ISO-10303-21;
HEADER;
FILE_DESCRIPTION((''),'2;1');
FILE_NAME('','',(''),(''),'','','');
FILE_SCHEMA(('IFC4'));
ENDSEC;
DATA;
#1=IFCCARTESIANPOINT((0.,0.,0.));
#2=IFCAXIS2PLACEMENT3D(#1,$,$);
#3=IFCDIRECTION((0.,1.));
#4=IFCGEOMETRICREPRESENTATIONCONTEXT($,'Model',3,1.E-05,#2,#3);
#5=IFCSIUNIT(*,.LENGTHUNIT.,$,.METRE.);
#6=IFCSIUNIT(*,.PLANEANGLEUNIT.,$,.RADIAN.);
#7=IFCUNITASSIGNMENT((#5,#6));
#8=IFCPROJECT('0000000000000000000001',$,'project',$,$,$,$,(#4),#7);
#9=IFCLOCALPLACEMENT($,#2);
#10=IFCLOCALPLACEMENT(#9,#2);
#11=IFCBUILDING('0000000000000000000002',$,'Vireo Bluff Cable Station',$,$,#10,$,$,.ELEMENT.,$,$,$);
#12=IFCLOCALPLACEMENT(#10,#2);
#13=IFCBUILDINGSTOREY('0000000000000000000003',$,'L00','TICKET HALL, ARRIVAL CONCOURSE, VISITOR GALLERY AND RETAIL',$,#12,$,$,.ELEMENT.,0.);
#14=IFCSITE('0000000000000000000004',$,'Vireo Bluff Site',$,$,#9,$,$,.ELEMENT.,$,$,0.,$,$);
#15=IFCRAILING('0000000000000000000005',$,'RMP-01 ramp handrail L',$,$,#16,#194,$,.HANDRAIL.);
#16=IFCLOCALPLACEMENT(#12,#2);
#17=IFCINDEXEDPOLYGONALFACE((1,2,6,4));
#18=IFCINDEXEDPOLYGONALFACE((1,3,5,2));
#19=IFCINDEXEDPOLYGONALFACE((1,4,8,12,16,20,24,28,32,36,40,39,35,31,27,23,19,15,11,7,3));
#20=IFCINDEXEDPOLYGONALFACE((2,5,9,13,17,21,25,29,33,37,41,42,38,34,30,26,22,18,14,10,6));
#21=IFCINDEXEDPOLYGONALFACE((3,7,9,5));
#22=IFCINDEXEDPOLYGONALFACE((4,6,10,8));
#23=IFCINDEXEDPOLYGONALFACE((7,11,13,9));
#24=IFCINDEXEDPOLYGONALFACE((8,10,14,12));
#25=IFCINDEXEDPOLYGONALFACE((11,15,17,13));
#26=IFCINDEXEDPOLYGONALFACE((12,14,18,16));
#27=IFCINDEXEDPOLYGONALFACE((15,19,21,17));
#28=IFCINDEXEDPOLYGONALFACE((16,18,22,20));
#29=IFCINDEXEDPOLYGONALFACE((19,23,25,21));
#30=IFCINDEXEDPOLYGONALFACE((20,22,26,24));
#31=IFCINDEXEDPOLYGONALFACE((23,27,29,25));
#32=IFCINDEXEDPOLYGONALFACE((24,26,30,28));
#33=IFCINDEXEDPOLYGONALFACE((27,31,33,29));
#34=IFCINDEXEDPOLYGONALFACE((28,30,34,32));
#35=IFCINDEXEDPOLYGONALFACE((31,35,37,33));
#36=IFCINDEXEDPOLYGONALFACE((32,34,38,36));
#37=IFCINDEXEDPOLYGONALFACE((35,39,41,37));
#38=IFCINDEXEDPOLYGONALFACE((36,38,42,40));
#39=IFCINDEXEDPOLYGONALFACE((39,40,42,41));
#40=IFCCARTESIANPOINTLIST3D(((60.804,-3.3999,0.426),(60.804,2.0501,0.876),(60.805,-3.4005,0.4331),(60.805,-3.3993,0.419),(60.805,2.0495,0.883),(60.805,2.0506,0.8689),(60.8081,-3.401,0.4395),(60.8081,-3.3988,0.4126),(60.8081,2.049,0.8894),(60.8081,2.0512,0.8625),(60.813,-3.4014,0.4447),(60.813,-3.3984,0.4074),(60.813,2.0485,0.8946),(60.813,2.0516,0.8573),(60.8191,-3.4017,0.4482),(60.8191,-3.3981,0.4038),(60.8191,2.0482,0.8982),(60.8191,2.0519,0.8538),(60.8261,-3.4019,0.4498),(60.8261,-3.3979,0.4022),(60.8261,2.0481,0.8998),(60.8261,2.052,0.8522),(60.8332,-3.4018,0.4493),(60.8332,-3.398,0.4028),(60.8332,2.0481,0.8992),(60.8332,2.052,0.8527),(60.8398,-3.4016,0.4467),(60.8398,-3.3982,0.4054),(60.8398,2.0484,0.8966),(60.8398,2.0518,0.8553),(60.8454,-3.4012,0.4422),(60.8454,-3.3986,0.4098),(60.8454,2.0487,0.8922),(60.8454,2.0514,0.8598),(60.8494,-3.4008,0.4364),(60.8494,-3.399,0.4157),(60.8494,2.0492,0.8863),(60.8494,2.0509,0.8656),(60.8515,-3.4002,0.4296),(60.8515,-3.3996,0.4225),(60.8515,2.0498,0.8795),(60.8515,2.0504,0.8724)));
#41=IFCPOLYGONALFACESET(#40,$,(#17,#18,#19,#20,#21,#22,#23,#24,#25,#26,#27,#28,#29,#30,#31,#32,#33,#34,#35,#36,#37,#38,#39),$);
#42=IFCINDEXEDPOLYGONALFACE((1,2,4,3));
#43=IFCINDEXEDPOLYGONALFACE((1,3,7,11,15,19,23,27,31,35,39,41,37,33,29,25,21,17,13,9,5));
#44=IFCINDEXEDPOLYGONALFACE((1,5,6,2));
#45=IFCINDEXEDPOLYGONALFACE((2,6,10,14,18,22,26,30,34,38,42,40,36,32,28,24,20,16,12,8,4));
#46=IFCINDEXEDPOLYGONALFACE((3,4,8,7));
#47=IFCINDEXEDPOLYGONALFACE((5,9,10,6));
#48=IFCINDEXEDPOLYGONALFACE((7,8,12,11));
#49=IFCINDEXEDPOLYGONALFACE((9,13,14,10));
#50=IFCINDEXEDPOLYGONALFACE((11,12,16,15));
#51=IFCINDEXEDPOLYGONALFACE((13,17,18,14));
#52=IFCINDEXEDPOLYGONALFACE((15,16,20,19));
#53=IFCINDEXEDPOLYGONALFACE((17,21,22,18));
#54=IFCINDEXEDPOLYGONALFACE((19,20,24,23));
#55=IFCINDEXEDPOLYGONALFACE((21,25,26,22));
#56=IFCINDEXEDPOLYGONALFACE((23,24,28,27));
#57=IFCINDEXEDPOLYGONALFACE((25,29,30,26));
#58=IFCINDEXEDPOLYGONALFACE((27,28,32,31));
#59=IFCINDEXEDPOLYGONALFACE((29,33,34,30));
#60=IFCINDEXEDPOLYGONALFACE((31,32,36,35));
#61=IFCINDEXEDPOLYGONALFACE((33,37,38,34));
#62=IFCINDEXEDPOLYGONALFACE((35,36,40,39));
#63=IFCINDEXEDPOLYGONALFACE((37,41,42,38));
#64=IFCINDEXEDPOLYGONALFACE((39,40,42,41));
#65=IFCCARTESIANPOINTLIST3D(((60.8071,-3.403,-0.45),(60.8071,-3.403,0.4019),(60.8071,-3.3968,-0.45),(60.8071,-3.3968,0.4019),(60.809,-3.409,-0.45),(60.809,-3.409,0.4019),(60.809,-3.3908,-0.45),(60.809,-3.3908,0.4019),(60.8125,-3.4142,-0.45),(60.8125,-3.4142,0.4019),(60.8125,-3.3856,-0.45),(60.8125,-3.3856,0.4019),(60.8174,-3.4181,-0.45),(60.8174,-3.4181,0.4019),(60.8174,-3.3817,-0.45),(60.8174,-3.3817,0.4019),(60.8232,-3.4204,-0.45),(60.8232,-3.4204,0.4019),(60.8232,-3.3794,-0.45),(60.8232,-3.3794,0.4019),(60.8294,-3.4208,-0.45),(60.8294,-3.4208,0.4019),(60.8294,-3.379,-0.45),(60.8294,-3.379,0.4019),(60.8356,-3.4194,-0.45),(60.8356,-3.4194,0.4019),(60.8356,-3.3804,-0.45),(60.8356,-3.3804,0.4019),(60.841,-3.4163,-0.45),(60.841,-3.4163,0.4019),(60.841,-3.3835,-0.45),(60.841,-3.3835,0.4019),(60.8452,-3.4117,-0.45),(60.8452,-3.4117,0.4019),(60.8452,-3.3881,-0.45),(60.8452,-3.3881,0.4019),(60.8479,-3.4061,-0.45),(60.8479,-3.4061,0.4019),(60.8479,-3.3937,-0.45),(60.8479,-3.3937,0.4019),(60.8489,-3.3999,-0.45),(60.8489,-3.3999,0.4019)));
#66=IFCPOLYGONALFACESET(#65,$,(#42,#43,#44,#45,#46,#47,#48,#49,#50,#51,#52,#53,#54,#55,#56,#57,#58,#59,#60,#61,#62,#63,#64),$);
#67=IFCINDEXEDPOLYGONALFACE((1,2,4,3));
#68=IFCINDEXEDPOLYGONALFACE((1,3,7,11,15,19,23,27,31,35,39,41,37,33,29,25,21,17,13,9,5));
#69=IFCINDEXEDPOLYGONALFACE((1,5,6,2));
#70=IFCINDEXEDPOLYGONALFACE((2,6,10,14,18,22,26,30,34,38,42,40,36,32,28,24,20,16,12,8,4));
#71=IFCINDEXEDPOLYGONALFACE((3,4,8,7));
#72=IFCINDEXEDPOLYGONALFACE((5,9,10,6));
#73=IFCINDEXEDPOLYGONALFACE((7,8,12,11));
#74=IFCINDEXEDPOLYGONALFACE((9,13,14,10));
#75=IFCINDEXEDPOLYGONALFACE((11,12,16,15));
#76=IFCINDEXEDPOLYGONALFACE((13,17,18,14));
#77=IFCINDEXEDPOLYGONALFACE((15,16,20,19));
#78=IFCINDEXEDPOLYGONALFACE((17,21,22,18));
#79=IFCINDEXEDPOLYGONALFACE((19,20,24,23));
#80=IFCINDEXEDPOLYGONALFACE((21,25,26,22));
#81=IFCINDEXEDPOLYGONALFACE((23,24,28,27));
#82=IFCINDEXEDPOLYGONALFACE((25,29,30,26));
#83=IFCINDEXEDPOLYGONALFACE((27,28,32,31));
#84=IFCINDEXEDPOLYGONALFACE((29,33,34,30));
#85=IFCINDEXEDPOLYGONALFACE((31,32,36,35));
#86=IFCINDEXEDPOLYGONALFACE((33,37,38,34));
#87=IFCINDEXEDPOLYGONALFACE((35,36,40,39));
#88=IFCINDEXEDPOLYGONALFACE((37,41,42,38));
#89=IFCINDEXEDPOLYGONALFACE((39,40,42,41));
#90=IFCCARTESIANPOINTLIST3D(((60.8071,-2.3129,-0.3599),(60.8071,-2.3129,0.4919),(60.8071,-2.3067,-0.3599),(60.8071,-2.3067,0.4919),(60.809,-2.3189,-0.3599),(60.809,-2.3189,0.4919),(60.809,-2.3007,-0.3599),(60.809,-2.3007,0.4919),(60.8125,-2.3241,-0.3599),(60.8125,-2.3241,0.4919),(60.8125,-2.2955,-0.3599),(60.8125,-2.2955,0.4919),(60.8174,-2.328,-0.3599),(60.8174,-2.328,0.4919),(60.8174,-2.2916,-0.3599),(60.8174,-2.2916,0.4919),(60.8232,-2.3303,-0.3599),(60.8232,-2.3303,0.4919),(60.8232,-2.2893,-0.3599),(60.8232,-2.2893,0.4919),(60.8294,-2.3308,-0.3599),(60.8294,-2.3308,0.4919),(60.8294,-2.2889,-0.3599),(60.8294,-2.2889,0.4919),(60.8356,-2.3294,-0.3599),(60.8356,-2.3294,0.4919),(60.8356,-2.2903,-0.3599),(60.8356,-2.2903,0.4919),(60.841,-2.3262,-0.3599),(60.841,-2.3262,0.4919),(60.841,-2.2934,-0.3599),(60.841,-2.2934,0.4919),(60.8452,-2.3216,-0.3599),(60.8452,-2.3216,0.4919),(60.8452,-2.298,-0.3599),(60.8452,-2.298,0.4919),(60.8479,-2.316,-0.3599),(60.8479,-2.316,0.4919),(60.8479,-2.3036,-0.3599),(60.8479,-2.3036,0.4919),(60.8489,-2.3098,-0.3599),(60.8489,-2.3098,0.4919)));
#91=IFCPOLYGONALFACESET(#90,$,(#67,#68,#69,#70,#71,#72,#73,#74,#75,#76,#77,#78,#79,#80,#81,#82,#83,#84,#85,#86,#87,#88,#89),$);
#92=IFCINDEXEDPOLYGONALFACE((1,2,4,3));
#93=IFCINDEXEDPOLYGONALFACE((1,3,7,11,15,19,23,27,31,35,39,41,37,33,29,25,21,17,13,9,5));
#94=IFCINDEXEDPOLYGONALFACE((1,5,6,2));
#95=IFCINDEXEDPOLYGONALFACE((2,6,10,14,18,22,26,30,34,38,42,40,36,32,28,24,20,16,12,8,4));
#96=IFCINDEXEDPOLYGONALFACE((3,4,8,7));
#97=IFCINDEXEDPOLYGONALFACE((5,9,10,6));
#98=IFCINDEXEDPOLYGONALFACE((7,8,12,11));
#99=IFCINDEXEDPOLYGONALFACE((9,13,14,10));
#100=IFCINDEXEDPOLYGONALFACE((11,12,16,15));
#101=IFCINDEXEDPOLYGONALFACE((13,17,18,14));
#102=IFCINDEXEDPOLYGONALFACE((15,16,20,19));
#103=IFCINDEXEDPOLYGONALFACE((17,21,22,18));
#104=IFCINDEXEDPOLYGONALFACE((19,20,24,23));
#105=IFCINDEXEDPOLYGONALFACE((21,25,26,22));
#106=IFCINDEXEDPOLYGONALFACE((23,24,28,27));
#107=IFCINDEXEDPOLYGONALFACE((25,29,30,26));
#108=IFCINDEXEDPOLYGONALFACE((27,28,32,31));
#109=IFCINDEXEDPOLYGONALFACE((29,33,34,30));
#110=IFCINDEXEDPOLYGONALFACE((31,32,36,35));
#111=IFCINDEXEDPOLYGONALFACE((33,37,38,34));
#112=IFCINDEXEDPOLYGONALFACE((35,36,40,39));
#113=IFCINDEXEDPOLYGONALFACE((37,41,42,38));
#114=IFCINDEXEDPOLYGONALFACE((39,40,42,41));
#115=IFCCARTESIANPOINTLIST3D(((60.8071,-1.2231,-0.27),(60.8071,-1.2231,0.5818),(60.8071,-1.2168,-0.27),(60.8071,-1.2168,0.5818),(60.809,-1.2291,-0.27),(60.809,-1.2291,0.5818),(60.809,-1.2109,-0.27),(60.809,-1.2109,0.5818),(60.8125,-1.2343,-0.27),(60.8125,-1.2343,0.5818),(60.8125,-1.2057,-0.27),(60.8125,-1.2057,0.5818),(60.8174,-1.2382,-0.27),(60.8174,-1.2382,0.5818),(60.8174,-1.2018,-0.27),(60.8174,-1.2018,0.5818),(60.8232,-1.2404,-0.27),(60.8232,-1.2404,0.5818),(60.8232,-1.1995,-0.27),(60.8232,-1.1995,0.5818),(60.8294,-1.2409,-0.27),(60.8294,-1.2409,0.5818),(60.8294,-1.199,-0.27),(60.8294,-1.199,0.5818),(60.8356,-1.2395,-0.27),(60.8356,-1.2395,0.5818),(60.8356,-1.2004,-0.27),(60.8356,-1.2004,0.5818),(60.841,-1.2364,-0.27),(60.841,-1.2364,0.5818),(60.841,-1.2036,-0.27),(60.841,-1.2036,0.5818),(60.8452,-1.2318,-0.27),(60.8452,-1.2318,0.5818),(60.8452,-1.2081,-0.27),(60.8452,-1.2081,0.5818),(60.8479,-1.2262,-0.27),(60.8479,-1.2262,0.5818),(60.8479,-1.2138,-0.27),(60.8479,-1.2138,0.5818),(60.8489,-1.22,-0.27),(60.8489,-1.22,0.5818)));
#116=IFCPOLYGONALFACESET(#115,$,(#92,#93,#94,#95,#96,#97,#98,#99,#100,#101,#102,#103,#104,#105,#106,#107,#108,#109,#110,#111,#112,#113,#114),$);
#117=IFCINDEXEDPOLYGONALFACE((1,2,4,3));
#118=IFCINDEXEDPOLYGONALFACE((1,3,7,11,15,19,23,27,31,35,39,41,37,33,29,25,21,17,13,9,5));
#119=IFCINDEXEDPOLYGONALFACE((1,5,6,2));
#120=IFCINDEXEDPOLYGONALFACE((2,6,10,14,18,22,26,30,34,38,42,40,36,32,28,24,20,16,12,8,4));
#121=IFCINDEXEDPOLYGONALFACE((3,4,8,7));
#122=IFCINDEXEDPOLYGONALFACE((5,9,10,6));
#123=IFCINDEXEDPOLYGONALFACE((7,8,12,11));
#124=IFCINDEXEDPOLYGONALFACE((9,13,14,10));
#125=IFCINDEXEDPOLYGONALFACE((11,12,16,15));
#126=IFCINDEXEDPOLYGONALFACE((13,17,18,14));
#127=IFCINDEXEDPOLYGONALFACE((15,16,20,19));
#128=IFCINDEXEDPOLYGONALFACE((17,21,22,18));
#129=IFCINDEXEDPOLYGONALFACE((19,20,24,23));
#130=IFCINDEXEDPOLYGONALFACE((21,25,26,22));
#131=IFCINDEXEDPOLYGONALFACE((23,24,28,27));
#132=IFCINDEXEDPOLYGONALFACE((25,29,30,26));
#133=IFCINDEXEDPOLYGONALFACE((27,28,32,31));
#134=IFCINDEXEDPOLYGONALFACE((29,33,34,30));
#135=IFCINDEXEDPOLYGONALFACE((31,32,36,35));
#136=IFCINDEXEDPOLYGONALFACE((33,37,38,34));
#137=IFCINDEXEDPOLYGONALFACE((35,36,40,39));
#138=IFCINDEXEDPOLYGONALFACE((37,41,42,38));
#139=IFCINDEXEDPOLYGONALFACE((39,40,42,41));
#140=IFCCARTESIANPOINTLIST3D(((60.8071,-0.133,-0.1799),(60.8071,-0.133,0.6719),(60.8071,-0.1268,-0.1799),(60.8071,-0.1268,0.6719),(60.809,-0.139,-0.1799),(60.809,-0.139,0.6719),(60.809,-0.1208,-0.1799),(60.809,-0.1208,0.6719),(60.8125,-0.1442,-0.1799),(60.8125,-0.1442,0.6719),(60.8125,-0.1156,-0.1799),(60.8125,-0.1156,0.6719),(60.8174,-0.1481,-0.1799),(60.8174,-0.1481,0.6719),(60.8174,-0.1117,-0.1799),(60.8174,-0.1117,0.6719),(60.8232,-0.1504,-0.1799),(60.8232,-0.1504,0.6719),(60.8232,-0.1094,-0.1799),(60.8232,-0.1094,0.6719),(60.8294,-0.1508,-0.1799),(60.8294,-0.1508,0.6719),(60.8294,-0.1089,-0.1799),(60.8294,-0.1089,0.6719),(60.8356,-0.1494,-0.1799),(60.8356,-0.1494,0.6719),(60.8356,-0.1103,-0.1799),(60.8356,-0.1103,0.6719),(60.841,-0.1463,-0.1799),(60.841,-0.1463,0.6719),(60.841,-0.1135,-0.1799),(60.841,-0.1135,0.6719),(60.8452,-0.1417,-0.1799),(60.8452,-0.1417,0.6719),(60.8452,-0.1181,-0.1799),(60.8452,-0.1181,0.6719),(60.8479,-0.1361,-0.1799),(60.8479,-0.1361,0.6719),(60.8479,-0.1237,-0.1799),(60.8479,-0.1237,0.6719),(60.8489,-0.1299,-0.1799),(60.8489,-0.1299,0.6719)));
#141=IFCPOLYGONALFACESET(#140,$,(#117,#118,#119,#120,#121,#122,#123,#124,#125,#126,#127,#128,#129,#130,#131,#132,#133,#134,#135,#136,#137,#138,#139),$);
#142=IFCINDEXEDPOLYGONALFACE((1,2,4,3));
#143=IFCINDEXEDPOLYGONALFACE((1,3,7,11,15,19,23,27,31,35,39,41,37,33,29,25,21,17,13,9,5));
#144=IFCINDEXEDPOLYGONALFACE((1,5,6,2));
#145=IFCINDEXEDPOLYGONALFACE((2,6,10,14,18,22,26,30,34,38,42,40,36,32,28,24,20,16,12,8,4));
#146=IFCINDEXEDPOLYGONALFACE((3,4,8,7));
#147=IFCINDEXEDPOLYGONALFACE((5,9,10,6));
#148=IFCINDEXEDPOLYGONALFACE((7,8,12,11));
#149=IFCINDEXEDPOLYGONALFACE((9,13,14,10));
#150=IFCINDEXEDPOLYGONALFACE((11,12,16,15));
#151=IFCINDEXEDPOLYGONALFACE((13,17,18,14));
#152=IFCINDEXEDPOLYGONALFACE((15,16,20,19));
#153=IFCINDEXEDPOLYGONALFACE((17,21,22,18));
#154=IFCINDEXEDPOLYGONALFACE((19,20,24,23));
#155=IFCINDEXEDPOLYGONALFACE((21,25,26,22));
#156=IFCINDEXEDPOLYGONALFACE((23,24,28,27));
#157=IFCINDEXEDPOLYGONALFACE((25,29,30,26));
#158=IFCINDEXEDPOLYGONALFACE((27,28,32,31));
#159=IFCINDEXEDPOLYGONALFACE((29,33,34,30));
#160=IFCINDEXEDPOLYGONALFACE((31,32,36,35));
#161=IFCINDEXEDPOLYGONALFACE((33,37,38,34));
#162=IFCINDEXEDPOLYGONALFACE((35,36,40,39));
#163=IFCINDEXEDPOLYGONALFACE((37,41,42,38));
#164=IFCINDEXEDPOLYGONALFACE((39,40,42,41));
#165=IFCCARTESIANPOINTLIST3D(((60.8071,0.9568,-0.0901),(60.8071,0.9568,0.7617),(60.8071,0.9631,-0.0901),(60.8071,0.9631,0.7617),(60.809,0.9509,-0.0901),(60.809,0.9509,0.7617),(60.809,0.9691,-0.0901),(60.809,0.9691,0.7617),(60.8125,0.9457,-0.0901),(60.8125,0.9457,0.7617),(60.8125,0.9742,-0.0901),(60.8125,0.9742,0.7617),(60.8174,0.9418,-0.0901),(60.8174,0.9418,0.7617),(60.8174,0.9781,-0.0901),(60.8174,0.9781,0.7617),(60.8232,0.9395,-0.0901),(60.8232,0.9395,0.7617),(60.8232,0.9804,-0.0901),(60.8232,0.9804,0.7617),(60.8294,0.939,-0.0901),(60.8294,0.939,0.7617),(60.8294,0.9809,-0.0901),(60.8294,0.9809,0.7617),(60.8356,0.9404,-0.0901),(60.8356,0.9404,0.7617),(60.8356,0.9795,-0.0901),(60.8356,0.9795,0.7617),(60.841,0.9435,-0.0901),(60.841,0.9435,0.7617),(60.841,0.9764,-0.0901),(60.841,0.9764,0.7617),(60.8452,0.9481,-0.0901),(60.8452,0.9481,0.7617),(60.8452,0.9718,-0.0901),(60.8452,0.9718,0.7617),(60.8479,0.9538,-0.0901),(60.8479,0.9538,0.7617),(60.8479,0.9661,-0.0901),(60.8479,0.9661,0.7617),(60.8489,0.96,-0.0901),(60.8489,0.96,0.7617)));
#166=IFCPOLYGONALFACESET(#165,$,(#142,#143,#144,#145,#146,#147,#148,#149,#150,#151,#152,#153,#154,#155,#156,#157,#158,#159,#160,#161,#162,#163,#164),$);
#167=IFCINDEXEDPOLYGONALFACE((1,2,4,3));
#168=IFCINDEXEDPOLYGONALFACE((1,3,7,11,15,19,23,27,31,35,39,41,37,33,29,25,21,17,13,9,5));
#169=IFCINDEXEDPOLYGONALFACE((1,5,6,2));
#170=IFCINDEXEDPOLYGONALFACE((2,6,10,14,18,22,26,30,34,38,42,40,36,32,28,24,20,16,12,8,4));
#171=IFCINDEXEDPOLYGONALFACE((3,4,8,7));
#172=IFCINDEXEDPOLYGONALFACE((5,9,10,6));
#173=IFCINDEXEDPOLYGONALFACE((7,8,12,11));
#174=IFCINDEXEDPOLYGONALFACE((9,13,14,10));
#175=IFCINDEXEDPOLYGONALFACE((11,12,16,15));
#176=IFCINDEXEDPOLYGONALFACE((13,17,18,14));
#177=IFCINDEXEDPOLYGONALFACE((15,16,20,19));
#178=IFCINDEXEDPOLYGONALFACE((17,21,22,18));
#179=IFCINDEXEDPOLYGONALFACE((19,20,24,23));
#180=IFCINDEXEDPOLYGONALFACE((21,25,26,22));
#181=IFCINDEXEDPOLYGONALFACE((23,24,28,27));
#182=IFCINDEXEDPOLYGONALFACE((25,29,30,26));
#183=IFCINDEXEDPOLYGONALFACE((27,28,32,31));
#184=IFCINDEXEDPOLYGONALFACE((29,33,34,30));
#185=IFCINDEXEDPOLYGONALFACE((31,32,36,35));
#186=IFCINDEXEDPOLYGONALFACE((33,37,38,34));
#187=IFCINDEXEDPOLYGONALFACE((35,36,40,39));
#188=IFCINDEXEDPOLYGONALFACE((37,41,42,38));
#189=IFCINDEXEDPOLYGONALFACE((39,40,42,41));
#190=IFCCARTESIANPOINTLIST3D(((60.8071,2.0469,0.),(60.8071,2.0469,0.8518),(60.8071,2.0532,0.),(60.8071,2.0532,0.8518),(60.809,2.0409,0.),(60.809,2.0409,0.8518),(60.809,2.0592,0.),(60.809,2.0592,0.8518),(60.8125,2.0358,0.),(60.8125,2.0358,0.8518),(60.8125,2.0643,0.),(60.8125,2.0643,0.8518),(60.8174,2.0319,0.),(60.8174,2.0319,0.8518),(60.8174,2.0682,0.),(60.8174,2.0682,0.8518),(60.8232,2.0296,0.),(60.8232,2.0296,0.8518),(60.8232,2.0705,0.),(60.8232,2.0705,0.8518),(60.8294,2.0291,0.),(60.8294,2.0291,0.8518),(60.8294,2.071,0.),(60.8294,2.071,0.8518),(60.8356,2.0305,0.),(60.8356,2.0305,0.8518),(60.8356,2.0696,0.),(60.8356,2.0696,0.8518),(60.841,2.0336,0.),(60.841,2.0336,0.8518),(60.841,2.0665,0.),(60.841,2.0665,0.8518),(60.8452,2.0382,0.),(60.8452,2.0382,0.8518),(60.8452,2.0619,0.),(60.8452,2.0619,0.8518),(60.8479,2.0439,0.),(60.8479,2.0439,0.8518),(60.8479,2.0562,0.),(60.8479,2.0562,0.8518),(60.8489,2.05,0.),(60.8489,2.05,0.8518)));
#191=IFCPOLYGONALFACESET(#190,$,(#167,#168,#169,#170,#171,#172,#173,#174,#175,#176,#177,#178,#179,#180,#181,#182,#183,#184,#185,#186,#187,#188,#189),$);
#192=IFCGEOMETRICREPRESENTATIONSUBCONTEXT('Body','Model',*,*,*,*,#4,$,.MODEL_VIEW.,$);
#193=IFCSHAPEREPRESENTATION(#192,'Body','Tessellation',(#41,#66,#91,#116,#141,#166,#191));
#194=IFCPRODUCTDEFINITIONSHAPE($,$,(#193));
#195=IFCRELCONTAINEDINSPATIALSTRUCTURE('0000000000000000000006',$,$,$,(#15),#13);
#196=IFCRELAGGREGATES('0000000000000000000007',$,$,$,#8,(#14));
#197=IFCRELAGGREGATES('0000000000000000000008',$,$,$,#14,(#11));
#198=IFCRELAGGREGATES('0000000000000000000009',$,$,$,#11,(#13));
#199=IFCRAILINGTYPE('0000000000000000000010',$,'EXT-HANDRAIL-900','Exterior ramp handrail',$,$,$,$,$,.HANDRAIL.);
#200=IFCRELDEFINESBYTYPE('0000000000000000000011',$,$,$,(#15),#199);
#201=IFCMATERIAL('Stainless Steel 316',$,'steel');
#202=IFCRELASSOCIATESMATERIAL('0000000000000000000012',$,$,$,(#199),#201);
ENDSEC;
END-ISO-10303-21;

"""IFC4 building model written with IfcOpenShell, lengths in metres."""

from ifc_helpers import new_model, si_unit, direction, frame, origin, origin_2d, place, context, subcontext, project, spatial, circle, extrude, material, type_object, element, save


model = new_model("IFC4")

# Units and contexts
model_context = context("Model", 3, precision=1e-05, world=origin(), true_north=direction((0.0, 1.0)))
body_context = subcontext(model_context, "Body", "Model", "MODEL_VIEW")
ifc_project = project(units=[si_unit("LENGTHUNIT", "METRE"), si_unit("PLANEANGLEUNIT", "RADIAN")], contexts=[model_context])

# Site, building, storey
site_placement = place(None, origin())
site = spatial("IfcSite", under=ifc_project, at=site_placement, Name="Vireo Bluff Site", CompositionType="ELEMENT", RefElevation=0.0)
building_placement = place(site_placement, origin())
building = spatial("IfcBuilding", under=site, at=building_placement, Name="Vireo Bluff Cable Station", CompositionType="ELEMENT")
storey_placement = place(building_placement, origin())
storey = spatial("IfcBuildingStorey", under=building, at=storey_placement, Name="L00", Description="TICKET HALL, ARRIVAL CONCOURSE, VISITOR GALLERY AND RETAIL", CompositionType="ELEMENT", Elevation=0.0)

# Railing
ifc_material_1 = material(Name="Stainless Steel 316", Category="steel")
railing_type = type_object("IfcRailingType", Name="EXT-HANDRAIL-900", Description="Exterior ramp handrail", PredefinedType="HANDRAIL", material=ifc_material_1)
for number, where, name in (
    (1, (60.8279, -3.3999, -0.45), "RMP-01 ramp handrail L"),
):
    element("IfcRailing", number, at=place(storey_placement, frame(where)), inside=storey, type_object=railing_type, Name=name, PredefinedType="HANDRAIL", context=body_context, shape_type="SweptSolid", body=[
        extrude(circle(Radius=0.0239, at=origin_2d()), frame((0.0, 0.0, 0.876), z_axis=(0.0, 0.996609, 0.082281), x_axis=(-1.0, 0.0, 0.0)), (0.0, 0.0, 1.0), 5.4685),
        extrude(circle(Radius=0.021, at=origin_2d()), origin(), (0.0, 0.0, 1.0), 0.8518),
        extrude(circle(Radius=0.021, at=origin_2d()), frame((0.0, 1.0901, 0.0901)), (0.0, 0.0, 1.0), 0.8518),
        extrude(circle(Radius=0.021, at=origin_2d()), frame((0.0, 2.1799, 0.1799)), (0.0, 0.0, 1.0), 0.8518),
        extrude(circle(Radius=0.021, at=origin_2d()), frame((0.0, 3.27, 0.27)), (0.0, 0.0, 1.0), 0.8518),
        extrude(circle(Radius=0.021, at=origin_2d()), frame((0.0, 4.3599, 0.3599)), (0.0, 0.0, 1.0), 0.8518),
        extrude(circle(Radius=0.021, at=origin_2d()), frame((0.0, 5.45, 0.45)), (0.0, 0.0, 1.0), 0.8518),
    ])

save(model, "model.ifc")
